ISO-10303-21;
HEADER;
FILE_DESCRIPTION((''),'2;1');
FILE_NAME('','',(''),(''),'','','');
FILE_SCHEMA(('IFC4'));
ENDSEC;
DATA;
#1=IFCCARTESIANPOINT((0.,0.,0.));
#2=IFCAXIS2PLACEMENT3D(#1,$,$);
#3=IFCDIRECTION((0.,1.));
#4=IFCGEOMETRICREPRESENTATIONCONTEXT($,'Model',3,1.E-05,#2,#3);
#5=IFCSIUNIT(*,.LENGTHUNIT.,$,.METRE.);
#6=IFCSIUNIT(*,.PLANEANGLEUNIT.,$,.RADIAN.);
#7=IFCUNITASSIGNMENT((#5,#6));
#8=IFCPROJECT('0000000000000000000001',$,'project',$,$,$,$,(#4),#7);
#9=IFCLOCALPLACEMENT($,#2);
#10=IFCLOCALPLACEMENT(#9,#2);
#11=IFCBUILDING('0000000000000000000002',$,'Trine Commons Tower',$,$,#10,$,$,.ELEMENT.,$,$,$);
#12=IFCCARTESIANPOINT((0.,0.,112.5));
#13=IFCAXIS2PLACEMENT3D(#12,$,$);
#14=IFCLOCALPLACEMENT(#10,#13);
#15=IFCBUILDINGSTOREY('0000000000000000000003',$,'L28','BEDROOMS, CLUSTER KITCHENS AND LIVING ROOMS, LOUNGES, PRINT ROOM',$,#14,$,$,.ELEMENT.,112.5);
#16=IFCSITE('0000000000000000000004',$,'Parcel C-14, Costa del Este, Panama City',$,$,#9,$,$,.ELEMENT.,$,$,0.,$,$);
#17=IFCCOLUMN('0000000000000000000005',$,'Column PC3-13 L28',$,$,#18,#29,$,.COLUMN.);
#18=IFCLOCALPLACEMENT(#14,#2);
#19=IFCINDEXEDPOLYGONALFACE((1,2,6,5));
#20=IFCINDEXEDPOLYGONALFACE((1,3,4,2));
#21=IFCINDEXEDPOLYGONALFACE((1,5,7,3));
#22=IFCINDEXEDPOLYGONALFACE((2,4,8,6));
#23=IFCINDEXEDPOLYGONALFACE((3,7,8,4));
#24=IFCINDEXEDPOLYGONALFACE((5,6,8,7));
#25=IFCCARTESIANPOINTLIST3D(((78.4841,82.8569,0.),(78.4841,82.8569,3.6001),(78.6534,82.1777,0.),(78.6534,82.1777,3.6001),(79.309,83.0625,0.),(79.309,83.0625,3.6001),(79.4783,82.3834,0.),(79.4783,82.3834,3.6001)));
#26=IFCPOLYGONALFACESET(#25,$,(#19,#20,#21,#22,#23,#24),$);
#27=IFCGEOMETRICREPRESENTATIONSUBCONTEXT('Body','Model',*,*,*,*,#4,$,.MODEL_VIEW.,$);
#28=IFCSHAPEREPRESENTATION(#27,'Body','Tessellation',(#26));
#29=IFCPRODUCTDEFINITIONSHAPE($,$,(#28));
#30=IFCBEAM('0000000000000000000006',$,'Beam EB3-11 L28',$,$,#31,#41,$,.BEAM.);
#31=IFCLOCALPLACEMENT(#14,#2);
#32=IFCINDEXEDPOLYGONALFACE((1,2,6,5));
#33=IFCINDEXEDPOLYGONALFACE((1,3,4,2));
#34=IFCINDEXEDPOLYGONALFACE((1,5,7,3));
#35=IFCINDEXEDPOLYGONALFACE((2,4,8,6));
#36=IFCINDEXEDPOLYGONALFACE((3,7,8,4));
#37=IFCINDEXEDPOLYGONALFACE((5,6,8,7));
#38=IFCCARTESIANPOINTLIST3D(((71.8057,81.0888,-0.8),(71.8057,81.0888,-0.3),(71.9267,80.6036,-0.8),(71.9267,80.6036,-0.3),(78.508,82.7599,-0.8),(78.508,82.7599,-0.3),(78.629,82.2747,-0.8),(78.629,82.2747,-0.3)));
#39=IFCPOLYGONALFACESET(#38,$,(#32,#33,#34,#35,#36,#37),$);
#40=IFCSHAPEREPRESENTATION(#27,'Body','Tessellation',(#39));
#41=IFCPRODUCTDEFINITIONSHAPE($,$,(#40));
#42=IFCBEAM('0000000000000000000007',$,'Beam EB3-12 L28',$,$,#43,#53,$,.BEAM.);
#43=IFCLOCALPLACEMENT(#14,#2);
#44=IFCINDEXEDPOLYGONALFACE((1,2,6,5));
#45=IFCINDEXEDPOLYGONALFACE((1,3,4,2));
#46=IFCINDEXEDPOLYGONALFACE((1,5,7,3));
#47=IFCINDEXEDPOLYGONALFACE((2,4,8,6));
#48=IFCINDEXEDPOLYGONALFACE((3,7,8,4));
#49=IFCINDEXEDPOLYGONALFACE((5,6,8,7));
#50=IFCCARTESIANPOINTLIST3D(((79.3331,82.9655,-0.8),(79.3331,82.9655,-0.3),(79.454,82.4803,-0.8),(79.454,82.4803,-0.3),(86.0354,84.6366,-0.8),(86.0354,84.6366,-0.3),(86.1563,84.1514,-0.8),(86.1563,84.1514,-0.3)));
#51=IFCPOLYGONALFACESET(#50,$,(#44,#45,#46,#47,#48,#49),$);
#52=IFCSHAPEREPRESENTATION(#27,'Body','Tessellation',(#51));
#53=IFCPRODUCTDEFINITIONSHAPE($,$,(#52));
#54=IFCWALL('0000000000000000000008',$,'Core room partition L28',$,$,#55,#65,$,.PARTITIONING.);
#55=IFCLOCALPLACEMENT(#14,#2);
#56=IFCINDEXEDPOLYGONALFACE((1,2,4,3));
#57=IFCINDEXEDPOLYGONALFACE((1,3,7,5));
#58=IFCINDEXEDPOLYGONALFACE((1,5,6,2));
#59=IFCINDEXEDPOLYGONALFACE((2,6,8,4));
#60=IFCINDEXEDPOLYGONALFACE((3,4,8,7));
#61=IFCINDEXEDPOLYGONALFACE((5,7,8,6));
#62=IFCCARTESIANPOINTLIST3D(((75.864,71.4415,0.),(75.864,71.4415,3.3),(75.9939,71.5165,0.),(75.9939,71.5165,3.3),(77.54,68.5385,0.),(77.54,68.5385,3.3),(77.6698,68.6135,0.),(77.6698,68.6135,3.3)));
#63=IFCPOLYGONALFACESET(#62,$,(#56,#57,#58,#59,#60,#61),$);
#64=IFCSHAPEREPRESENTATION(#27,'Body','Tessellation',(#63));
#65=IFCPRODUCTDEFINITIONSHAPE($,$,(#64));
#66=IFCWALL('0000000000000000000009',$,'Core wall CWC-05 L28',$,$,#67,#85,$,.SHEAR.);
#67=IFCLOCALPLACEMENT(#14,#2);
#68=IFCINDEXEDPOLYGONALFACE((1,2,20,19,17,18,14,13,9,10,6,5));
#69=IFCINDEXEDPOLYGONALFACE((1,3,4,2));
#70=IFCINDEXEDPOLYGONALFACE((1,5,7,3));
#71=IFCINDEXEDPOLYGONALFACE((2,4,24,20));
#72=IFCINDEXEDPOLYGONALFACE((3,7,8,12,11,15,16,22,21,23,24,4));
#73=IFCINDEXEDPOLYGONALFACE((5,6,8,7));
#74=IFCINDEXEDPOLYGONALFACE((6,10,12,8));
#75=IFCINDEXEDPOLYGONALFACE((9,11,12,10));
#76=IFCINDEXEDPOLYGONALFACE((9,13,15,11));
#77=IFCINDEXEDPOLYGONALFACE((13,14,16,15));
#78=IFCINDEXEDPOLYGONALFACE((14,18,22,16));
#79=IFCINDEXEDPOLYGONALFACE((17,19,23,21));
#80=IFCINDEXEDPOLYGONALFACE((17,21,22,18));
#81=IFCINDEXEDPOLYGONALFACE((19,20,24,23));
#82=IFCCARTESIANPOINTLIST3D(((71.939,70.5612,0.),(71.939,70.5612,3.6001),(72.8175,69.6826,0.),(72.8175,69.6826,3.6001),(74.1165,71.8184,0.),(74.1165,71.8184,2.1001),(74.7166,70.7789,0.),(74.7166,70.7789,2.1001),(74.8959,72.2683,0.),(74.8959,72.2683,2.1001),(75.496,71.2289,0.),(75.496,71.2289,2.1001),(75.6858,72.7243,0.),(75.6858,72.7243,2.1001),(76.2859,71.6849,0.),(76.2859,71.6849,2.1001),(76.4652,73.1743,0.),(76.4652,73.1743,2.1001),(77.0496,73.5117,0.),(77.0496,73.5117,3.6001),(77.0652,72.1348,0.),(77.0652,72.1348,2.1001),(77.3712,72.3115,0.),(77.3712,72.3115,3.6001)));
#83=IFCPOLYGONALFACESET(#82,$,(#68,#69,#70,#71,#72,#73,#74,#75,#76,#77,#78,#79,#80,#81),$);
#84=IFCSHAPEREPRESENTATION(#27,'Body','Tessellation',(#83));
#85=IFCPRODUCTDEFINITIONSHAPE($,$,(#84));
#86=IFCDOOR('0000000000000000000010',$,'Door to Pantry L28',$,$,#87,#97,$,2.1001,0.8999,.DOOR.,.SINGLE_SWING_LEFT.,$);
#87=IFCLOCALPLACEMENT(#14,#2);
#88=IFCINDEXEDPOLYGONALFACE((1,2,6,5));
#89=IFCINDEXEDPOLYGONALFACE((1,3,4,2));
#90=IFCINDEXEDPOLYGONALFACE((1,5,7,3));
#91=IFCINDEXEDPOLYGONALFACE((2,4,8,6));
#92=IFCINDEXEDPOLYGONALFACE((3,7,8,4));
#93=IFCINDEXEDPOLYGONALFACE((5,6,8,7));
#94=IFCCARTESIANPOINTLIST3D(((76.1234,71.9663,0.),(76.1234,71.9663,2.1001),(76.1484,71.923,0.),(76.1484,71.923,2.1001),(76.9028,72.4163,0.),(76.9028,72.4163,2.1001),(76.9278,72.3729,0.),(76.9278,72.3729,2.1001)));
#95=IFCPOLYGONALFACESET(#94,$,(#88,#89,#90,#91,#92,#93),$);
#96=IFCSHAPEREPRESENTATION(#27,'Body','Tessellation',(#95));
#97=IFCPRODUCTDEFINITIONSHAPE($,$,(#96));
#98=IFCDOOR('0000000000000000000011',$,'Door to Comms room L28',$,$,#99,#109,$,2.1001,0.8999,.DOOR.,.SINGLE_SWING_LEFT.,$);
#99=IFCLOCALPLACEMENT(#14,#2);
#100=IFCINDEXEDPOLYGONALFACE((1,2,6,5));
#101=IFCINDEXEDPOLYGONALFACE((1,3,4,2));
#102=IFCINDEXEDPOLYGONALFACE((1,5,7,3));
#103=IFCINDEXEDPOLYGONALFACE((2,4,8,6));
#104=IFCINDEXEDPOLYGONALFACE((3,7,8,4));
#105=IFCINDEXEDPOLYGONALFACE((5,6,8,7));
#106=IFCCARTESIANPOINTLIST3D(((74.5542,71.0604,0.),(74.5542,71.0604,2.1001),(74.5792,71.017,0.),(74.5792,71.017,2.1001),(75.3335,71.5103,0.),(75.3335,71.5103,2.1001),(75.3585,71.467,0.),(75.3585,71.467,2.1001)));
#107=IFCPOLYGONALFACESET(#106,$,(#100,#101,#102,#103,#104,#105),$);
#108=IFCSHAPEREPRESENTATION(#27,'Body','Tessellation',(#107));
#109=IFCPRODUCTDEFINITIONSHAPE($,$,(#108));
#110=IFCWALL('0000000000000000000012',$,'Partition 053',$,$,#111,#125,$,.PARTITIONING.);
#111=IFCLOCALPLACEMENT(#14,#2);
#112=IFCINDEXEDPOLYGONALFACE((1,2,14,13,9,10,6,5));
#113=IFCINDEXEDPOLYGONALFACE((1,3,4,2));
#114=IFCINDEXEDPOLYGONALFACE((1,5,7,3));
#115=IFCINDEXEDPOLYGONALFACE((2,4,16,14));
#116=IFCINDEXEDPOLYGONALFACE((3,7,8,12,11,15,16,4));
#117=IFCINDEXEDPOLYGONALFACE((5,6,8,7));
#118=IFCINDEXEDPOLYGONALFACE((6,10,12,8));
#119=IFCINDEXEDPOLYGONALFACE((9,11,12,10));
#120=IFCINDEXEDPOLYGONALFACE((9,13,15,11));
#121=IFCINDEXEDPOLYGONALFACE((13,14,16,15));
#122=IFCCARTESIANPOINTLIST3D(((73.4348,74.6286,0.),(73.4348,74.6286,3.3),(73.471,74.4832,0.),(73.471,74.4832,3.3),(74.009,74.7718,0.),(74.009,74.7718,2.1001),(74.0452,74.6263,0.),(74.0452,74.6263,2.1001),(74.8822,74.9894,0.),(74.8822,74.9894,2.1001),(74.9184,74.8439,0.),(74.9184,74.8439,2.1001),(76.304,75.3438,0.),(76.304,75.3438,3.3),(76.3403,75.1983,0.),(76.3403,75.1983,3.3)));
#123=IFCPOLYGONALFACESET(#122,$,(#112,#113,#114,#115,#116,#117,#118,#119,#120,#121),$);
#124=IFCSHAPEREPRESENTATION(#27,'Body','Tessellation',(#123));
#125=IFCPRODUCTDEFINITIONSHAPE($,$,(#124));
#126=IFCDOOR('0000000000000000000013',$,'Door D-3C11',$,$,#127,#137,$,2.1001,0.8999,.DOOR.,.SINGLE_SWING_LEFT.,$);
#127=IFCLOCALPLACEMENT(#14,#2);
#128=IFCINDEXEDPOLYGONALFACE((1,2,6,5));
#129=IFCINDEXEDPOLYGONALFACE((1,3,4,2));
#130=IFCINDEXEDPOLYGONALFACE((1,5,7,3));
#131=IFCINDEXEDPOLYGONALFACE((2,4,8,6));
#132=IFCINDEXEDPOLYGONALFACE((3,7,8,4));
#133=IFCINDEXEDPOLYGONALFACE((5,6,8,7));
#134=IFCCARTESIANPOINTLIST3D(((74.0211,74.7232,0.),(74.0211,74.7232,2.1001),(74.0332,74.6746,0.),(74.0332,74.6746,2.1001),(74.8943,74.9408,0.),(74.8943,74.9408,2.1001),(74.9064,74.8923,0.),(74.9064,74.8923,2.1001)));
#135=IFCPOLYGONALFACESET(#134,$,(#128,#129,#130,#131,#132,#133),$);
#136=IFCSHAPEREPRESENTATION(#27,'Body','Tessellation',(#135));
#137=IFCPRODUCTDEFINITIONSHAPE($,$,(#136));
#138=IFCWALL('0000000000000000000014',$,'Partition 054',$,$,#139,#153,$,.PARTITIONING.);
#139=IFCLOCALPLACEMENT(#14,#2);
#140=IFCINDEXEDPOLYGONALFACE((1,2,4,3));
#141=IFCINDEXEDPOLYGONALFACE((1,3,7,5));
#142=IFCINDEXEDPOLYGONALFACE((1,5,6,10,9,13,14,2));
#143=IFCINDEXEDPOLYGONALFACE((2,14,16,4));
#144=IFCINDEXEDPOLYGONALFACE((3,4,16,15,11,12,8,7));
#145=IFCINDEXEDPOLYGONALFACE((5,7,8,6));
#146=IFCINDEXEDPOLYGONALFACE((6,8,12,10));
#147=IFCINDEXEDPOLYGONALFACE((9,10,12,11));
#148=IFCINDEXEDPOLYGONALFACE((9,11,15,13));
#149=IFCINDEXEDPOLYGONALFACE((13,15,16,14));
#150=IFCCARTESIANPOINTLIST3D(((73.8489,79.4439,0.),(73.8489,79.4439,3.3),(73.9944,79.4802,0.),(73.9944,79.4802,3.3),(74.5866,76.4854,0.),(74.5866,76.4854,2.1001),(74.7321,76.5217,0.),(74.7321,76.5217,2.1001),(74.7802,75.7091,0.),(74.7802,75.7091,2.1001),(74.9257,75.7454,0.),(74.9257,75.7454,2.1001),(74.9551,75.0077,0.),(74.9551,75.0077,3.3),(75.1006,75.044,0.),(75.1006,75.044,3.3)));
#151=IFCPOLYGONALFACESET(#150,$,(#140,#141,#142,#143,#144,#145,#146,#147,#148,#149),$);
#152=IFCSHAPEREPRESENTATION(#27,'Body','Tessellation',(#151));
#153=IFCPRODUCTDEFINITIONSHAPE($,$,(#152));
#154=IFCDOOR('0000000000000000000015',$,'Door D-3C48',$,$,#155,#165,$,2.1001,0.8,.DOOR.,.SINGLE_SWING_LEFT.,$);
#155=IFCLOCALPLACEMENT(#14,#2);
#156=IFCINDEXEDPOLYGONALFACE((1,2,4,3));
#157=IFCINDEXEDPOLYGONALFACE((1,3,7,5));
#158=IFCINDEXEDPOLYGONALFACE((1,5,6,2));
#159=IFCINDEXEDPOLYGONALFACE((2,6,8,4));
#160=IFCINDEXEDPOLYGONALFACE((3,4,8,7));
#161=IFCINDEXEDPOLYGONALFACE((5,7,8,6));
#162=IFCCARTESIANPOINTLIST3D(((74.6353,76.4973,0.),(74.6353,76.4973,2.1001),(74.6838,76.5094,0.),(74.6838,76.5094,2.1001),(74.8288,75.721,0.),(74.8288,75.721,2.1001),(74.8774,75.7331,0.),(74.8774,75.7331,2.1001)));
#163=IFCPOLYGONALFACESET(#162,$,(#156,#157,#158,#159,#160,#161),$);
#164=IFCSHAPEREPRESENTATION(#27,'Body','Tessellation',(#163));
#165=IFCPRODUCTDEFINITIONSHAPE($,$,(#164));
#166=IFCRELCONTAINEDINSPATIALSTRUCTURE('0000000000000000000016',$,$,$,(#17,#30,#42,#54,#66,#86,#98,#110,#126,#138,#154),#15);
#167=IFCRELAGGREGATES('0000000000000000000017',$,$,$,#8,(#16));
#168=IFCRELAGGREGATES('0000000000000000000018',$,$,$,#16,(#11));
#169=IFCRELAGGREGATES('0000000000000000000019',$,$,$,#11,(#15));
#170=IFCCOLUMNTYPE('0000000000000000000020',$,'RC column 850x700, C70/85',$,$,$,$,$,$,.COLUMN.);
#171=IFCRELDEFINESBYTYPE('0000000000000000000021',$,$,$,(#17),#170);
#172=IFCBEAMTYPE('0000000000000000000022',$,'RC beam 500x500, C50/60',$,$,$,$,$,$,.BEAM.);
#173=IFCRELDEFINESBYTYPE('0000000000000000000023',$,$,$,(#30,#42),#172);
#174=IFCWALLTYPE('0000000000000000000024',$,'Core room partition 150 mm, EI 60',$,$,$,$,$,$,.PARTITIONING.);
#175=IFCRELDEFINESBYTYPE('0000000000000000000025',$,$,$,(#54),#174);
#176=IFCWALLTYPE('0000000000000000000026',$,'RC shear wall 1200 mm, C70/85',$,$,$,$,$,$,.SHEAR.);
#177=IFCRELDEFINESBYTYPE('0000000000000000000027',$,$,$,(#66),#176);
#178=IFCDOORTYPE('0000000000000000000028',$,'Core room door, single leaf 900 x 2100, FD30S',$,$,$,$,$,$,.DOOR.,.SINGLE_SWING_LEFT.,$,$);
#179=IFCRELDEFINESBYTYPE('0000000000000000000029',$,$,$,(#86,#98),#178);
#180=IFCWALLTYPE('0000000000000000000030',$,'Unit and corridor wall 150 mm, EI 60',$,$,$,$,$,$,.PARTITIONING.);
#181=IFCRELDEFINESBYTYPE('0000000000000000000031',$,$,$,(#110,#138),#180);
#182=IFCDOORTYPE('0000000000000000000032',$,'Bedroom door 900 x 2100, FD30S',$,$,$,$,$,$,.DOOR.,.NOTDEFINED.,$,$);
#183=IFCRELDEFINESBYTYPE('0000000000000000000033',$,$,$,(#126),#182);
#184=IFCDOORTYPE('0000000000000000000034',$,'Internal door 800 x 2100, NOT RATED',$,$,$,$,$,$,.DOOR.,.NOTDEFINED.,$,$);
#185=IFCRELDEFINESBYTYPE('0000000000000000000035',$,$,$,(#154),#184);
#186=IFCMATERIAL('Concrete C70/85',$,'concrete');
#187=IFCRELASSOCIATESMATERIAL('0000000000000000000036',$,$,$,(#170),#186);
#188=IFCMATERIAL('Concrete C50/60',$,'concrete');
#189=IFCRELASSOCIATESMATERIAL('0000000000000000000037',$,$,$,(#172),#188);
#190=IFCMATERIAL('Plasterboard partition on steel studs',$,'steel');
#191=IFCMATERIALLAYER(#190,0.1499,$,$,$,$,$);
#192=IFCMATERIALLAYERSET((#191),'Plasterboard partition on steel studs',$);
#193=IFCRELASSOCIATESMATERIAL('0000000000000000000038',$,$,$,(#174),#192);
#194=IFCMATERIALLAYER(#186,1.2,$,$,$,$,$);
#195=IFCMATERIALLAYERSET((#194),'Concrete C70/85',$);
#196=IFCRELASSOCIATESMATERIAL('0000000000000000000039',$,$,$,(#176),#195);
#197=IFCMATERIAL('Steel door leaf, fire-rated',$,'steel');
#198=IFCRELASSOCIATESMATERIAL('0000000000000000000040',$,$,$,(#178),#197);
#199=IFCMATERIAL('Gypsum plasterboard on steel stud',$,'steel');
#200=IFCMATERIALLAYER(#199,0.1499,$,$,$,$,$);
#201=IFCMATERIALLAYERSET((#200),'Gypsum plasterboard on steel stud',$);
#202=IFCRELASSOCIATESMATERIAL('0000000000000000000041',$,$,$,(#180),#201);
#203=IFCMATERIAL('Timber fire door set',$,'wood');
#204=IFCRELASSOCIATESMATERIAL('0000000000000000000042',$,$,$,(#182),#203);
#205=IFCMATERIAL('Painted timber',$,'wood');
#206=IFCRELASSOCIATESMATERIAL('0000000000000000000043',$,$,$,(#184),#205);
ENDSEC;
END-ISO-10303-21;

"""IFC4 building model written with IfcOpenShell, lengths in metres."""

from ifc_helpers import new_model, si_unit, direction, frame, frame_2d, origin, origin_2d, place, context, subcontext, project, spatial, polyline, rectangle, outline, extrude, material, layer, layer_set, material_profile, profile_set, type_object, element, fill, save


model = new_model("IFC4")

# Units and contexts
model_context = context("Model", 3, precision=1e-05, world=origin(), true_north=direction((0.0, 1.0)))
body_context = subcontext(model_context, "Body", "Model", "MODEL_VIEW")
ifc_project = project(units=[si_unit("LENGTHUNIT", "METRE"), si_unit("PLANEANGLEUNIT", "RADIAN")], contexts=[model_context])

# Site, building, storey
site_placement = place(None, origin())
site = spatial("IfcSite", under=ifc_project, at=site_placement, Name="Parcel C-14, Costa del Este, Panama City", CompositionType="ELEMENT", RefElevation=0.0)
building_placement = place(site_placement, origin())
building = spatial("IfcBuilding", under=site, at=building_placement, Name="Trine Commons Tower", CompositionType="ELEMENT")
storey_placement = place(building_placement, frame((0.0, 0.0, 112.5)))
storey = spatial("IfcBuildingStorey", under=building, at=storey_placement, Name="L28", Description="BEDROOMS, CLUSTER KITCHENS AND LIVING ROOMS, LOUNGES, PRINT ROOM", CompositionType="ELEMENT", Elevation=112.5)

# Column
ifc_material_1 = material(Name="Concrete C70/85", Category="concrete")
ifc_material_profile_1 = material_profile(ifc_material_1, rectangle(XDim=0.8501, YDim=0.7, at=origin_2d()), Name="RC 850x700")
ifc_profile_set_1 = profile_set([ifc_material_profile_1], Name="Concrete C70/85")
column_type = type_object("IfcColumnType", Name="RC column 850x700, C70/85", PredefinedType="COLUMN", material=ifc_profile_set_1)
column_placement = place(storey_placement, frame((78.9812, 82.6201, 0.0), z_axis=(0.0, 0.0, 1.0), x_axis=(0.970296, 0.241922, 0.0)))
element("IfcColumn", 1, at=column_placement, inside=storey, type_object=column_type, Name="Column PC3-13 L28", PredefinedType="COLUMN", context=body_context, shape_type="SweptSolid", body=[
    extrude(rectangle(XDim=0.8501, YDim=0.7, at=origin_2d()), origin(), (0.0, 0.0, 1.0), 3.6001),
])

# Beams
ifc_material_2 = material(Name="Concrete C50/60", Category="concrete")
ifc_material_profile_2 = material_profile(ifc_material_2, rectangle(XDim=0.5, YDim=0.5, at=origin_2d()), Name="RC 500x500")
ifc_profile_set_2 = profile_set([ifc_material_profile_2], Name="Concrete C50/60")
beam_type = type_object("IfcBeamType", Name="RC beam 500x500, C50/60", PredefinedType="BEAM", material=ifc_profile_set_2)
for number, where, z_axis, x_axis, name in (
    (2, (71.8662, 80.8462, -0.55), (0.970294, 0.241928, 0.0), (-0.241928, 0.970294, 0.0), "Beam EB3-11 L28"),
    (3, (79.3936, 82.7229, -0.55), (0.970294, 0.241928, 0.0), (-0.241928, 0.970294, 0.0), "Beam EB3-12 L28"),
):
    element("IfcBeam", number, at=place(storey_placement, frame(where, z_axis=z_axis, x_axis=x_axis)), inside=storey, type_object=beam_type, Name=name, PredefinedType="BEAM", context=body_context, shape_type="SweptSolid", body=[
        extrude(rectangle(XDim=0.5, YDim=0.5, at=origin_2d()), origin(), (0.0, 0.0, 1.0), 6.9075),
    ])

# Wall
ifc_material_3 = material(Name="Plasterboard partition on steel studs", Category="steel")
ifc_layer_1 = layer(ifc_material_3, 0.1499)
ifc_layer_set_1 = layer_set([ifc_layer_1], Name="Plasterboard partition on steel studs")
wall_type_1 = type_object("IfcWallType", Name="Core room partition 150 mm, EI 60", PredefinedType="PARTITIONING", material=ifc_layer_set_1)
wall_1_placement = place(storey_placement, frame((75.929, 71.479, 0.0), z_axis=(0.0, 0.0, 1.0), x_axis=(0.499985, -0.866034, 0.0)))
element("IfcWall", 4, at=wall_1_placement, inside=storey, type_object=wall_type_1, Name="Core room partition L28", PredefinedType="PARTITIONING", context=body_context, shape_type="SweptSolid", body=[
    extrude(rectangle(XDim=3.3521, YDim=0.1499, at=frame_2d((1.676, 0.0))), origin(), (0.0, 0.0, 1.0), 3.3),
])

# Wall, openings, doors
ifc_layer_2 = layer(ifc_material_1, 1.2)
ifc_layer_set_2 = layer_set([ifc_layer_2], Name="Concrete C70/85")
wall_type_2 = type_object("IfcWallType", Name="RC shear wall 1200 mm, C70/85", PredefinedType="SHEAR", material=ifc_layer_set_2)
wall_2_placement = place(storey_placement, frame((77.3496, 72.9919, 0.0), z_axis=(0.0, 0.0, 1.0), x_axis=(-0.866037, -0.499979, 0.0)))
wall_2 = element("IfcWall", 5, at=wall_2_placement, inside=storey, type_object=wall_type_2, Name="Core wall CWC-05 L28", PredefinedType="SHEAR", context=body_context, shape_type="SweptSolid", body=[
    extrude(outline(polyline([(0.0, -0.6001), (5.9011, -0.6001), (5.5796, 0.6001), (0.3215, 0.6001), (0.0, -0.6001)])), origin(), (0.0, 0.0, 1.0), 3.6001),
])
opening_1_placement = place(wall_2_placement, frame((0.6748, 0.0, 0.0)))
opening_1 = element("IfcOpeningElement", 6, at=opening_1_placement, cuts=wall_2, PredefinedType="OPENING", context=body_context, shape_type="SweptSolid", body=[
    extrude(rectangle(XDim=0.8999, YDim=2.1001, at=frame_2d((0.45, 1.05))), frame((0.0, 0.6099, 0.0), z_axis=(0.0, -1.0, 0.0), x_axis=(1.0, 0.0, 0.0)), (0.0, 0.0, 1.0), 1.22),
])
opening_2_placement = place(wall_2_placement, frame((2.4868, 0.0, 0.0)))
opening_2 = element("IfcOpeningElement", 7, at=opening_2_placement, cuts=wall_2, PredefinedType="OPENING", context=body_context, shape_type="SweptSolid", body=[
    extrude(rectangle(XDim=0.8999, YDim=2.1001, at=frame_2d((0.45, 1.05))), frame((0.0, 0.6099, 0.0), z_axis=(0.0, -1.0, 0.0), x_axis=(1.0, 0.0, 0.0)), (0.0, 0.0, 1.0), 1.22),
])
ifc_material_4 = material(Name="Steel door leaf, fire-rated", Category="steel")
door_type_1 = type_object("IfcDoorType", Name="Core room door, single leaf 900 x 2100, FD30S", OperationType="SINGLE_SWING_LEFT", PredefinedType="DOOR", material=ifc_material_4)
door_1_placement = place(opening_1_placement, origin())
door_1 = element("IfcDoor", 8, at=door_1_placement, inside=storey, type_object=door_type_1, Name="Door to Pantry L28", OperationType="SINGLE_SWING_LEFT", OverallHeight=2.1001, OverallWidth=0.8999, PredefinedType="DOOR", context=body_context, shape_type="SweptSolid", body=[
    extrude(rectangle(XDim=0.8999, YDim=2.1001, at=frame_2d((0.45, 1.05))), frame((0.0, 0.3252, 0.0), z_axis=(0.0, -1.0, 0.0), x_axis=(1.0, 0.0, 0.0)), (0.0, 0.0, 1.0), 0.05),
])
fill(opening_1, door_1)
door_2_placement = place(opening_2_placement, origin())
door_2 = element("IfcDoor", 9, at=door_2_placement, inside=storey, type_object=door_type_1, Name="Door to Comms room L28", OperationType="SINGLE_SWING_LEFT", OverallHeight=2.1001, OverallWidth=0.8999, PredefinedType="DOOR", context=body_context, shape_type="SweptSolid", body=[
    extrude(rectangle(XDim=0.8999, YDim=2.1001, at=frame_2d((0.45, 1.05))), frame((0.0, 0.3252, 0.0), z_axis=(0.0, -1.0, 0.0), x_axis=(1.0, 0.0, 0.0)), (0.0, 0.0, 1.0), 0.05),
])
fill(opening_2, door_2)

# Walls, openings, doors
ifc_material_5 = material(Name="Gypsum plasterboard on steel stud", Category="steel")
ifc_layer_3 = layer(ifc_material_5, 0.1499)
ifc_layer_set_3 = layer_set([ifc_layer_3], Name="Gypsum plasterboard on steel stud")
wall_type_3 = type_object("IfcWallType", Name="Unit and corridor wall 150 mm, EI 60", PredefinedType="PARTITIONING", material=ifc_layer_set_3)
wall_3_placement = place(storey_placement, frame((73.4529, 74.5559, 0.0), z_axis=(0.0, 0.0, 1.0), x_axis=(0.970317, 0.241836, 0.0)))
wall_3 = element("IfcWall", 10, at=wall_3_placement, inside=storey, type_object=wall_type_3, Name="Partition 053", PredefinedType="PARTITIONING", context=body_context, shape_type="SweptSolid", body=[
    extrude(rectangle(XDim=2.957, YDim=0.1499, at=frame_2d((1.4785, 0.0))), origin(), (0.0, 0.0, 1.0), 3.3),
])
opening_3_placement = place(wall_3_placement, frame((0.5918, 0.0, 0.0)))
opening_3 = element("IfcOpeningElement", 11, at=opening_3_placement, cuts=wall_3, PredefinedType="OPENING", context=body_context, shape_type="SweptSolid", body=[
    extrude(rectangle(XDim=0.8999, YDim=2.1001, at=frame_2d((0.45, 1.05))), frame((0.0, 0.085, 0.0), z_axis=(0.0, -1.0, 0.0), x_axis=(1.0, 0.0, 0.0)), (0.0, 0.0, 1.0), 0.1699),
])
ifc_material_6 = material(Name="Timber fire door set", Category="wood")
door_type_2 = type_object("IfcDoorType", Name="Bedroom door 900 x 2100, FD30S", OperationType="NOTDEFINED", PredefinedType="DOOR", material=ifc_material_6)
door_3_placement = place(opening_3_placement, origin())
door_3 = element("IfcDoor", 12, at=door_3_placement, inside=storey, type_object=door_type_2, Name="Door D-3C11", OperationType="SINGLE_SWING_LEFT", OverallHeight=2.1001, OverallWidth=0.8999, PredefinedType="DOOR", context=body_context, shape_type="SweptSolid", body=[
    extrude(rectangle(XDim=0.8999, YDim=2.1001, at=frame_2d((0.45, 1.05))), frame((0.0, 0.0249, 0.0), z_axis=(0.0, -1.0, 0.0), x_axis=(1.0, 0.0, 0.0)), (0.0, 0.0, 1.0), 0.05),
])
fill(opening_3, door_3)
wall_4_placement = place(storey_placement, frame((73.9216, 79.4622, 0.0), z_axis=(0.0, 0.0, 1.0), x_axis=(0.241945, -0.97029, 0.0)))
wall_4 = element("IfcWall", 13, at=wall_4_placement, inside=storey, type_object=wall_type_3, Name="Partition 054", PredefinedType="PARTITIONING", context=body_context, shape_type="SweptSolid", body=[
    extrude(rectangle(XDim=4.572, YDim=0.1499, at=frame_2d((2.2861, 0.0))), origin(), (0.0, 0.0, 1.0), 3.3),
])
opening_4_placement = place(wall_4_placement, frame((3.0493, 0.0, 0.0)))
opening_4 = element("IfcOpeningElement", 14, at=opening_4_placement, cuts=wall_4, PredefinedType="OPENING", context=body_context, shape_type="SweptSolid", body=[
    extrude(rectangle(XDim=0.8, YDim=2.1001, at=frame_2d((0.3999, 1.05))), frame((0.0, 0.085, 0.0), z_axis=(0.0, -1.0, 0.0), x_axis=(1.0, 0.0, 0.0)), (0.0, 0.0, 1.0), 0.1699),
])
ifc_material_7 = material(Name="Painted timber", Category="wood")
door_type_3 = type_object("IfcDoorType", Name="Internal door 800 x 2100, NOT RATED", OperationType="NOTDEFINED", PredefinedType="DOOR", material=ifc_material_7)
door_4_placement = place(opening_4_placement, frame((0.8, 0.0, 0.0), z_axis=(0.0, 0.0, 1.0), x_axis=(-1.0, 0.0, 0.0)))
door_4 = element("IfcDoor", 15, at=door_4_placement, inside=storey, type_object=door_type_3, Name="Door D-3C48", OperationType="SINGLE_SWING_LEFT", OverallHeight=2.1001, OverallWidth=0.8, PredefinedType="DOOR", context=body_context, shape_type="SweptSolid", body=[
    extrude(rectangle(XDim=0.8, YDim=2.1001, at=frame_2d((0.3999, 1.05))), frame((0.0, 0.0249, 0.0), z_axis=(0.0, -1.0, 0.0), x_axis=(1.0, 0.0, 0.0)), (0.0, 0.0, 1.0), 0.05),
])
fill(opening_4, door_4)

save(model, "model.ifc")
